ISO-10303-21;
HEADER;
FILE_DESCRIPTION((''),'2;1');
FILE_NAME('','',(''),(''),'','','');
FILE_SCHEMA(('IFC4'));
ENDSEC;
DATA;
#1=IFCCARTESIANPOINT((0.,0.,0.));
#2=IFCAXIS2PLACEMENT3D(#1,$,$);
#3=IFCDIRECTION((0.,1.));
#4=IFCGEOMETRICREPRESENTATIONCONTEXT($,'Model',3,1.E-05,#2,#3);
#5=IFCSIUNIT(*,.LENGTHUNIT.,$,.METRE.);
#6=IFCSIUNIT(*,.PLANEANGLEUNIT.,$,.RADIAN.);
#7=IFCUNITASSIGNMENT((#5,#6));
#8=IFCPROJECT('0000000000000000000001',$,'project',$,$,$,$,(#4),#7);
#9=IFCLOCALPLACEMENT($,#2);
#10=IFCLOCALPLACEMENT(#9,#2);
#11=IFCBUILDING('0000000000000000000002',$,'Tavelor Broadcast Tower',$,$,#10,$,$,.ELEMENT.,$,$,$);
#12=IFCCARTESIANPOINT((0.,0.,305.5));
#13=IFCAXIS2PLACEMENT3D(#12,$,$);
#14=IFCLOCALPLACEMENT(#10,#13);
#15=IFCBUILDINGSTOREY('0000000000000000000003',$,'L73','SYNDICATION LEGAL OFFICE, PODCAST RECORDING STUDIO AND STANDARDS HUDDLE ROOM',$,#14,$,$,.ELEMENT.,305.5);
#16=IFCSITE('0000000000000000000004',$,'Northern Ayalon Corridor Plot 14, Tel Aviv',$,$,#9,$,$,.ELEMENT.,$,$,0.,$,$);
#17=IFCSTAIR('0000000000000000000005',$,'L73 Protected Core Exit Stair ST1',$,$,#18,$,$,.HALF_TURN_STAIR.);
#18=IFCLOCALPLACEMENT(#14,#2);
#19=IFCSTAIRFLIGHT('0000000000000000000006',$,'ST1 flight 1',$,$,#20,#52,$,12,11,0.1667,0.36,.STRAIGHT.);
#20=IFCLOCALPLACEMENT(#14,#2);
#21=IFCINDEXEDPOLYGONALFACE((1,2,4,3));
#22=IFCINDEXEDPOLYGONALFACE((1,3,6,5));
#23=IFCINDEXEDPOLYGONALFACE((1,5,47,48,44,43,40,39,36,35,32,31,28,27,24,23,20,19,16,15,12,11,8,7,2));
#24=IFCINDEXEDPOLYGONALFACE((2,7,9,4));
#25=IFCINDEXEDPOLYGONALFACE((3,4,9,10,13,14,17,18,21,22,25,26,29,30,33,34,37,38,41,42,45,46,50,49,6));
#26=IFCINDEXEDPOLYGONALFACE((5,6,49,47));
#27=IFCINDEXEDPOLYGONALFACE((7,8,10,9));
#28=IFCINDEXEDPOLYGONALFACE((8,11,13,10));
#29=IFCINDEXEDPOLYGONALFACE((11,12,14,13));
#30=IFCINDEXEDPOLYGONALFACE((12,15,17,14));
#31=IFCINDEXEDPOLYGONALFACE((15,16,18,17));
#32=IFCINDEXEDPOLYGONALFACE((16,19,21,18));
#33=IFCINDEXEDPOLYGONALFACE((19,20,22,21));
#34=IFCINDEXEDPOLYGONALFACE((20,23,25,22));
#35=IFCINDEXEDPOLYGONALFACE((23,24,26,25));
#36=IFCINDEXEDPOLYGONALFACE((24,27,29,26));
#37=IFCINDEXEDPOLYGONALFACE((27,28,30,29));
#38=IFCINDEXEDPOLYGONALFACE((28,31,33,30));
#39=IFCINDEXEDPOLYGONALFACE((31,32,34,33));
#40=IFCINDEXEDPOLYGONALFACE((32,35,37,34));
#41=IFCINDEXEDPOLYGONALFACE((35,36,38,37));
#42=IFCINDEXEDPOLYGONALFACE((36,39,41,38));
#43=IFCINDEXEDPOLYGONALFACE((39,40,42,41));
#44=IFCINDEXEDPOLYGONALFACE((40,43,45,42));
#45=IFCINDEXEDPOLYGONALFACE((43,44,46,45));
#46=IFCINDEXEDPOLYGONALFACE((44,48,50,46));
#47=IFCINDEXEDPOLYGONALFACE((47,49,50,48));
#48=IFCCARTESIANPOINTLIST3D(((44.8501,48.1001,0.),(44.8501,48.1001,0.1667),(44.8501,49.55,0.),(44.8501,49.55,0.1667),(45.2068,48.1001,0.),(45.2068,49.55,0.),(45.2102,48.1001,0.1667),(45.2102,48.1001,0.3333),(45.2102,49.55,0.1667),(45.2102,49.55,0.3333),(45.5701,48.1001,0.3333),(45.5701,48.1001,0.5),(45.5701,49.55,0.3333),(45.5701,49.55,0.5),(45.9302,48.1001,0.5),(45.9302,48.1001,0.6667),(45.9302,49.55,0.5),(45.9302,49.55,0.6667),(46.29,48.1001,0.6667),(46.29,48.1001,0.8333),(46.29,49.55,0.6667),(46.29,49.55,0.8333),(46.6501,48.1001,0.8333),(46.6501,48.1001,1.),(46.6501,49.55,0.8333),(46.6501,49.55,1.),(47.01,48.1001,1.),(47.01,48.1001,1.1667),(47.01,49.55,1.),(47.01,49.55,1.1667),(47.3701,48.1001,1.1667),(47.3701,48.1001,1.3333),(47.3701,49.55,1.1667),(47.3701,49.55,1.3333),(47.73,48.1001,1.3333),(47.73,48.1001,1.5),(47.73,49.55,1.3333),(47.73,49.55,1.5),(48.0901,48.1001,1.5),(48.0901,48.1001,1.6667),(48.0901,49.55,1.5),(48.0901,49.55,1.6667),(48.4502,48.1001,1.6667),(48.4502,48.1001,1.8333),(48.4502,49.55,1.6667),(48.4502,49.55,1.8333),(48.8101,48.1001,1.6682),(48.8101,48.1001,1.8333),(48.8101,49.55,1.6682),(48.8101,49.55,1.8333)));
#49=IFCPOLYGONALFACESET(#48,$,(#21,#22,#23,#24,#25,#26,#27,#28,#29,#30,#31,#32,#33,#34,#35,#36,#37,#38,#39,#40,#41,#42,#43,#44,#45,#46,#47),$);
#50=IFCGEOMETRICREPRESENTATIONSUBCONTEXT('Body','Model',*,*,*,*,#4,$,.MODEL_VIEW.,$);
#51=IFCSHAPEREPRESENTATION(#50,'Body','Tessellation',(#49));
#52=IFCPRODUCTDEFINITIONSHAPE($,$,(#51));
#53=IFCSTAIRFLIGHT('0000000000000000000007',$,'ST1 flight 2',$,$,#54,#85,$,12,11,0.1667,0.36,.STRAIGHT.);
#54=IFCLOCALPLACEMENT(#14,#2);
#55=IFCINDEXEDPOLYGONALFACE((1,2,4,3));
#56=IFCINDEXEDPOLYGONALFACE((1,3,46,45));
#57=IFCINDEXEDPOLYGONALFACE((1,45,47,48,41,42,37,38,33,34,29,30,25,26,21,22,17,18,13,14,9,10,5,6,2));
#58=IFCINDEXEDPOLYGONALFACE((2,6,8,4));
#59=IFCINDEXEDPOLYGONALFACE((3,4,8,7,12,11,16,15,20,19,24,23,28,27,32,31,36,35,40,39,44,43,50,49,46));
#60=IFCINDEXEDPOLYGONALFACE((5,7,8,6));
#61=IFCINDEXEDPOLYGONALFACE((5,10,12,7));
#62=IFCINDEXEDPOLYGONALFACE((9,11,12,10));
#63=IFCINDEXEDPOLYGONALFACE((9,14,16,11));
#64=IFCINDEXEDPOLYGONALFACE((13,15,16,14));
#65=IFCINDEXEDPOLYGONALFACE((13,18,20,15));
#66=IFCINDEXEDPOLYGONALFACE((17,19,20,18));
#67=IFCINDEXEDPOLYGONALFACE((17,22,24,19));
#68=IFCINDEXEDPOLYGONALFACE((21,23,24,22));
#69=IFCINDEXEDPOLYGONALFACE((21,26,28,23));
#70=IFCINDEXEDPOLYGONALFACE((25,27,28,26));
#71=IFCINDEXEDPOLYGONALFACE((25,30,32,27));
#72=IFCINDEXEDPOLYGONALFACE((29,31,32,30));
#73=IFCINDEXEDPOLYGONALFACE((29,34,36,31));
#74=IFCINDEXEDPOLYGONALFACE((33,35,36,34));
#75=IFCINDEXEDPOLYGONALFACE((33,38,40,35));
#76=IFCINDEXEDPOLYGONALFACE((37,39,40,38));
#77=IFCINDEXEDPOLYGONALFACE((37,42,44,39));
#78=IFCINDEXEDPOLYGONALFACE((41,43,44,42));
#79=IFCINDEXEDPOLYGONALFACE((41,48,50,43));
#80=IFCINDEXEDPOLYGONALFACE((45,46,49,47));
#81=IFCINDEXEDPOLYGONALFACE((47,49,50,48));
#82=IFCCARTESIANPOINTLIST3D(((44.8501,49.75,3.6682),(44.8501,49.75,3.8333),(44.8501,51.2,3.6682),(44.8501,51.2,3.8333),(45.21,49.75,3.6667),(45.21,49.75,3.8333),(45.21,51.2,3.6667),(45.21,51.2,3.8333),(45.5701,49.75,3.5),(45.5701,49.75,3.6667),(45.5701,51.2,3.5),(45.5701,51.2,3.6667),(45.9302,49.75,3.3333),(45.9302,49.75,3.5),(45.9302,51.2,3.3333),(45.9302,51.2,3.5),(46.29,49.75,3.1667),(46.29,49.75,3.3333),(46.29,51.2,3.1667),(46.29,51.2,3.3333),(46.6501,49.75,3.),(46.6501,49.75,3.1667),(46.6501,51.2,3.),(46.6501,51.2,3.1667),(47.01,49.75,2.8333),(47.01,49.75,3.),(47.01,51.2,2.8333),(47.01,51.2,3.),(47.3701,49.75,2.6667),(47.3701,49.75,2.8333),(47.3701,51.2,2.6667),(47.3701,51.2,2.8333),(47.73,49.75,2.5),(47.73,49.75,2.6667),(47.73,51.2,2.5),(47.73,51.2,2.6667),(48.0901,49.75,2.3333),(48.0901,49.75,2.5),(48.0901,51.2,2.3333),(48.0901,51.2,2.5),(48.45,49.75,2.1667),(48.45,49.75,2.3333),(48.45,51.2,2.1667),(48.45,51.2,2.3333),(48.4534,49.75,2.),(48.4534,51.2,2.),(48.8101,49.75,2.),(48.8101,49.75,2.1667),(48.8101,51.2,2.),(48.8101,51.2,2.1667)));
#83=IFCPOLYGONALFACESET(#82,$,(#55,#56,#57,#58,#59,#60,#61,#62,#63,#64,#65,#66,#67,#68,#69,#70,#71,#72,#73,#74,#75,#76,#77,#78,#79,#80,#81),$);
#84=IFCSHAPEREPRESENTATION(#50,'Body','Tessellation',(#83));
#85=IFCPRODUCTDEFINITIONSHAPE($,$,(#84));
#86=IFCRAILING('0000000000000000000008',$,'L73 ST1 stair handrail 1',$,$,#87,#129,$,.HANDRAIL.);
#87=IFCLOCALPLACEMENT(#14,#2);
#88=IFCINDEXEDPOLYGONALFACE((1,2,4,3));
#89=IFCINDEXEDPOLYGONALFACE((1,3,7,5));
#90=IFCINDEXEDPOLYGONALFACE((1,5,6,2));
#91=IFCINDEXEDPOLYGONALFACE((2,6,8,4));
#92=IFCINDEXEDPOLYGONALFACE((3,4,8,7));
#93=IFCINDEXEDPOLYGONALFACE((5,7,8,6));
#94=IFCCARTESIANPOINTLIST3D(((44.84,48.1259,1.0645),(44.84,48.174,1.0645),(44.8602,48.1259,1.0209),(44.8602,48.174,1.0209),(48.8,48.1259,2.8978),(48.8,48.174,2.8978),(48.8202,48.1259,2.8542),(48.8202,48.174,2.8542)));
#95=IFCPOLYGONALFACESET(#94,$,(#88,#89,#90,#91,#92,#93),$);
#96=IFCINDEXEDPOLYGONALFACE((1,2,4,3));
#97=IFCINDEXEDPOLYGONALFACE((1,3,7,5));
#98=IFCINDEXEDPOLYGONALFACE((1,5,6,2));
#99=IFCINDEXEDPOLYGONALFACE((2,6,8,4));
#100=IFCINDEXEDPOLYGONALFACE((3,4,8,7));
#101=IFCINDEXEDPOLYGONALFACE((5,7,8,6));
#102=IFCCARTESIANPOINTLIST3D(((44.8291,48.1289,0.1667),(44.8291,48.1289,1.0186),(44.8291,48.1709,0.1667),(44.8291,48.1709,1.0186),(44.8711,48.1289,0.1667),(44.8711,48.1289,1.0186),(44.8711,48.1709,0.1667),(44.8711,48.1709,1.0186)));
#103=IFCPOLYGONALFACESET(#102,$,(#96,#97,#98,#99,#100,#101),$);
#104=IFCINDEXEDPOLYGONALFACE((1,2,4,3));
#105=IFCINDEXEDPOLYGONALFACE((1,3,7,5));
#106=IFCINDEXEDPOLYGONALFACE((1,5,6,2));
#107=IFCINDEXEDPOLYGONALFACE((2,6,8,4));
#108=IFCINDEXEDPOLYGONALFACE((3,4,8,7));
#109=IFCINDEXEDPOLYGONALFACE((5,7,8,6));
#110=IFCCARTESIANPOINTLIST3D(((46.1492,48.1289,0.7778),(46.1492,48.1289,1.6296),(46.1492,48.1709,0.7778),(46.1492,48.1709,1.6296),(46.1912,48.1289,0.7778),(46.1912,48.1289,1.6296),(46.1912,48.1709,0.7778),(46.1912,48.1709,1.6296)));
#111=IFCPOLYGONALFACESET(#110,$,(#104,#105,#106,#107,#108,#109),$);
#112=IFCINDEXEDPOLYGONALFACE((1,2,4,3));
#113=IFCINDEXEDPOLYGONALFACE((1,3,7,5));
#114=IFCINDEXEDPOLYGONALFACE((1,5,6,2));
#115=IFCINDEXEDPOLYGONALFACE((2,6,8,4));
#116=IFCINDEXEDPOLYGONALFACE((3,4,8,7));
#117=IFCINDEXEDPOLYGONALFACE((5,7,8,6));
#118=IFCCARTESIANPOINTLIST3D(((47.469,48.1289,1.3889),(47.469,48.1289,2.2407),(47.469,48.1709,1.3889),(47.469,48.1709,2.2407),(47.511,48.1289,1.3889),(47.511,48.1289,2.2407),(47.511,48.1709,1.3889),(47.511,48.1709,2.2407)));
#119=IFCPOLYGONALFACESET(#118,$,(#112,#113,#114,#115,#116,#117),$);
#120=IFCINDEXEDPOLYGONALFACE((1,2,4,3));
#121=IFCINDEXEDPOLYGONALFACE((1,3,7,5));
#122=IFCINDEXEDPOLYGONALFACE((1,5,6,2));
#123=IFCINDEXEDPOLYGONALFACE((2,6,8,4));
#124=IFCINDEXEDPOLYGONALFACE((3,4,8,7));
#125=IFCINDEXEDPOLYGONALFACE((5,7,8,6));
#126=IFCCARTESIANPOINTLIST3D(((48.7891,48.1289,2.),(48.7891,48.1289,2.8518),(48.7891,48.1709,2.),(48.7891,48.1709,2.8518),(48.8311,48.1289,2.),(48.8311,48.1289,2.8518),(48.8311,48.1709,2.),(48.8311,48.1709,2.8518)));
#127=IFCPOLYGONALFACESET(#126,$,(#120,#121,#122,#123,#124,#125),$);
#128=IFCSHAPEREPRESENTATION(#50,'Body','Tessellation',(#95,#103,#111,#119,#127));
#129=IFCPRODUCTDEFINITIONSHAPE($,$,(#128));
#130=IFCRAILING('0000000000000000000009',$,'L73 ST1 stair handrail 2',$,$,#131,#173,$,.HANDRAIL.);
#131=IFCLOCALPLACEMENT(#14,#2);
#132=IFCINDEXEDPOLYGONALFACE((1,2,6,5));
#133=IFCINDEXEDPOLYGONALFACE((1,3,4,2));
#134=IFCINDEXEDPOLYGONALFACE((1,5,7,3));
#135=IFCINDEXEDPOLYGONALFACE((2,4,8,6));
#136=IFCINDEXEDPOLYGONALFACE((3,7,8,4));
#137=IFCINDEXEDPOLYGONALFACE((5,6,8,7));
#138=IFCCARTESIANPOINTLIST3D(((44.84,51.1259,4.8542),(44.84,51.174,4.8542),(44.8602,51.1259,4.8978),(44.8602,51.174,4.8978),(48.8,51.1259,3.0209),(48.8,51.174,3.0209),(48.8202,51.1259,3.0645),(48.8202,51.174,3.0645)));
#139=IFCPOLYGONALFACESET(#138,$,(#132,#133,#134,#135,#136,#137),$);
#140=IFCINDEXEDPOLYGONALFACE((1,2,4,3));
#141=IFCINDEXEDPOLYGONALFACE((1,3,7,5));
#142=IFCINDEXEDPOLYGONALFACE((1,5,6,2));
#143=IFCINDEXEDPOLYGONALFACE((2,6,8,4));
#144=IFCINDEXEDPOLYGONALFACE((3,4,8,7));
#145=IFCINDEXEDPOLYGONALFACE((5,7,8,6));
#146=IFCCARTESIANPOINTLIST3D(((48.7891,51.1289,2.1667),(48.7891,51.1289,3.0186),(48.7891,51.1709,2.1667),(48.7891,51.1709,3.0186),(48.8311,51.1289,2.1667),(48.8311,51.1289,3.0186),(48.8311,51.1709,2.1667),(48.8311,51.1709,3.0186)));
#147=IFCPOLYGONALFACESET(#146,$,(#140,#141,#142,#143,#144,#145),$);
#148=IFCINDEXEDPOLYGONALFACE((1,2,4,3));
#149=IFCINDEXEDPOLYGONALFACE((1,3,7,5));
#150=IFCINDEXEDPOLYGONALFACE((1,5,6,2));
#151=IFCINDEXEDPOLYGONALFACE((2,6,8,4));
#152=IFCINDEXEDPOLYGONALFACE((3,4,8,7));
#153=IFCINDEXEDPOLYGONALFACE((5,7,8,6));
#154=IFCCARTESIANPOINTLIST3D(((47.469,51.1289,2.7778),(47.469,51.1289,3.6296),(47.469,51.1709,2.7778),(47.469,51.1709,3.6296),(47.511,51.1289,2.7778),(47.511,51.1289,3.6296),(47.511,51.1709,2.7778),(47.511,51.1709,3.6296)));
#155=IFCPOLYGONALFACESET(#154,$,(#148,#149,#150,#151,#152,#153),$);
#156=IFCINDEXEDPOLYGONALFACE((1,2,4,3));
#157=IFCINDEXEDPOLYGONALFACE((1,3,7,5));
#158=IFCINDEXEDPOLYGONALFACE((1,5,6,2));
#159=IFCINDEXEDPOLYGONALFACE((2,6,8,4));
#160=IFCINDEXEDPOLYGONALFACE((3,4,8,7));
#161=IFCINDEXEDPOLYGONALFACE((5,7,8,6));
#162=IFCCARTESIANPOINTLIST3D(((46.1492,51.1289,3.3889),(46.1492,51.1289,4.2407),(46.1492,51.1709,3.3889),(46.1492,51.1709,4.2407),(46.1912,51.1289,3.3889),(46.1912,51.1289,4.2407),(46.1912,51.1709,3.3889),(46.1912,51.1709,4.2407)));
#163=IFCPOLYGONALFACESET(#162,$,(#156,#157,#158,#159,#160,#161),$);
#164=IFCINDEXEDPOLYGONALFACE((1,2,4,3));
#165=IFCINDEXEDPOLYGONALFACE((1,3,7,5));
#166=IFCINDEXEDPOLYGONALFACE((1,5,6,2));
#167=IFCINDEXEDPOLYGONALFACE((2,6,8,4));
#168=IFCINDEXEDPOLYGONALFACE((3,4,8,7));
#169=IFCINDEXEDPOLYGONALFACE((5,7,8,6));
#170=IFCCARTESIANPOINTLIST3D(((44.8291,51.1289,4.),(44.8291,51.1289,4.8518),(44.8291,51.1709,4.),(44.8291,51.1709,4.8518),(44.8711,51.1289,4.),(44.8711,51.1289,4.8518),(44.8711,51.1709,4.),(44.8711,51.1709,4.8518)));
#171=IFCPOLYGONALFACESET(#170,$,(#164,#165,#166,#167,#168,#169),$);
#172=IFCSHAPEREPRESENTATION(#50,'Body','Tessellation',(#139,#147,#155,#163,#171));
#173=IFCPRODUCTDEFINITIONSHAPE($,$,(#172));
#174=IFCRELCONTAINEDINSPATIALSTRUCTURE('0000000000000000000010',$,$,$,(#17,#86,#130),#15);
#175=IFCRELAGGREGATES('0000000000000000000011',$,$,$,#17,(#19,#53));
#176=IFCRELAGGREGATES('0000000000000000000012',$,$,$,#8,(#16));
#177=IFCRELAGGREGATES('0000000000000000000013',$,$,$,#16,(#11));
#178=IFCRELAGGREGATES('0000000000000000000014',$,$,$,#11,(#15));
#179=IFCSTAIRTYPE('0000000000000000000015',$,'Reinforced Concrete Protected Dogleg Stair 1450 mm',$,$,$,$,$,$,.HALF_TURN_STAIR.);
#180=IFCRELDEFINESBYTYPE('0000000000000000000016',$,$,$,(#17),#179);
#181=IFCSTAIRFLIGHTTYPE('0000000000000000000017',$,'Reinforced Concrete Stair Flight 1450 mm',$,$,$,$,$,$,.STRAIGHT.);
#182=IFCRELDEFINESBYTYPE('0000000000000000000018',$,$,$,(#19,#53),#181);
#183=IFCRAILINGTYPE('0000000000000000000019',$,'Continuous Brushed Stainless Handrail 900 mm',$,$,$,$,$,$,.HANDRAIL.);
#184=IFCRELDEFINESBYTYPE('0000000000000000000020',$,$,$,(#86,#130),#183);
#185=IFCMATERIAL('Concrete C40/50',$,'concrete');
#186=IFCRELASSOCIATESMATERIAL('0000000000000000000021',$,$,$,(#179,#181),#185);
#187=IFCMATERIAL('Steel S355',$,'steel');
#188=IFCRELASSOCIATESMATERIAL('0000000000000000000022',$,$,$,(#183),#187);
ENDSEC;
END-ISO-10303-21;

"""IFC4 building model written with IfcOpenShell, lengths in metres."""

from ifc_helpers import new_model, si_unit, direction, frame, origin, origin_2d, place, context, subcontext, project, spatial, polyline, rectangle, outline, extrude, material, type_object, element, aggregate, save


model = new_model("IFC4")

# Units and contexts
model_context = context("Model", 3, precision=1e-05, world=origin(), true_north=direction((0.0, 1.0)))
body_context = subcontext(model_context, "Body", "Model", "MODEL_VIEW")
ifc_project = project(units=[si_unit("LENGTHUNIT", "METRE"), si_unit("PLANEANGLEUNIT", "RADIAN")], contexts=[model_context])

# Site, building, storey
site_placement = place(None, origin())
site = spatial("IfcSite", under=ifc_project, at=site_placement, Name="Northern Ayalon Corridor Plot 14, Tel Aviv", CompositionType="ELEMENT", RefElevation=0.0)
building_placement = place(site_placement, origin())
building = spatial("IfcBuilding", under=site, at=building_placement, Name="Tavelor Broadcast Tower", CompositionType="ELEMENT")
storey_placement = place(building_placement, frame((0.0, 0.0, 305.5)))
storey = spatial("IfcBuildingStorey", under=building, at=storey_placement, Name="L73", Description="SYNDICATION LEGAL OFFICE, PODCAST RECORDING STUDIO AND STANDARDS HUDDLE ROOM", CompositionType="ELEMENT", Elevation=305.5)

# Shared definitions
ifc_material_1 = material(Name="Steel S355", Category="steel")

# Shared definitions
ifc_material_2 = material(Name="Concrete C40/50", Category="concrete")

# Stair, stair flights
stair_type = type_object("IfcStairType", Name="Reinforced Concrete Protected Dogleg Stair 1450 mm", PredefinedType="HALF_TURN_STAIR", material=ifc_material_2)
stair_placement = place(storey_placement, origin())
stair = element("IfcStair", 1, at=stair_placement, inside=storey, type_object=stair_type, Name="L73 Protected Core Exit Stair ST1", PredefinedType="HALF_TURN_STAIR")
stair_flight_type = type_object("IfcStairFlightType", Name="Reinforced Concrete Stair Flight 1450 mm", PredefinedType="STRAIGHT", material=ifc_material_2)
stair_flight_1_placement = place(storey_placement, frame((44.8501, 48.825, 0.0), z_axis=(0.0, 0.0, 1.0), x_axis=(1.0, 0.0, 0.0)))
stair_flight_1 = element("IfcStairFlight", 2, at=stair_flight_1_placement, type_object=stair_flight_type, Name="ST1 flight 1", NumberOfRisers=12, NumberOfTreads=11, PredefinedType="STRAIGHT", RiserHeight=0.1667, TreadLength=0.36, context=body_context, shape_type="SweptSolid", body=[
    extrude(outline(polyline([(0.0, 0.0), (0.0, 0.1667), (0.3601, 0.1667), (0.3601, 0.3333), (0.72, 0.3333), (0.72, 0.5), (1.0801, 0.5), (1.0801, 0.6667), (1.4399, 0.6667), (1.4399, 0.8333), (1.8, 0.8333), (1.8, 1.0), (2.1599, 1.0), (2.1599, 1.1667), (2.52, 1.1667), (2.52, 1.3333), (2.8799, 1.3333), (2.8799, 1.5), (3.24, 1.5), (3.24, 1.6667), (3.6001, 1.6667), (3.6001, 1.8333), (3.96, 1.8333), (3.96, 2.0), (3.96, 1.6682), (0.3567, 0.0), (0.0, 0.0)])), frame((0.0, 0.7251, 0.0), z_axis=(0.0, -1.0, 0.0), x_axis=(1.0, 0.0, 0.0)), (0.0, 0.0, 1.0), 1.45),
])
stair_flight_2_placement = place(storey_placement, frame((48.8101, 50.4751, 2.0), z_axis=(0.0, 0.0, 1.0), x_axis=(-1.0, 0.0, 0.0)))
stair_flight_2 = element("IfcStairFlight", 3, at=stair_flight_2_placement, type_object=stair_flight_type, Name="ST1 flight 2", NumberOfRisers=12, NumberOfTreads=11, PredefinedType="STRAIGHT", RiserHeight=0.1667, TreadLength=0.36, context=body_context, shape_type="SweptSolid", body=[
    extrude(outline(polyline([(0.0, 0.0), (0.0, 0.1667), (0.3601, 0.1667), (0.3601, 0.3333), (0.72, 0.3333), (0.72, 0.5), (1.0801, 0.5), (1.0801, 0.6667), (1.4399, 0.6667), (1.4399, 0.8333), (1.8, 0.8333), (1.8, 1.0), (2.1599, 1.0), (2.1599, 1.1667), (2.52, 1.1667), (2.52, 1.3333), (2.8799, 1.3333), (2.8799, 1.5), (3.24, 1.5), (3.24, 1.6667), (3.6001, 1.6667), (3.6001, 1.8333), (3.96, 1.8333), (3.96, 2.0), (3.96, 1.6682), (0.3567, 0.0), (0.0, 0.0)])), frame((0.0, 0.7251, 0.0), z_axis=(0.0, -1.0, 0.0), x_axis=(1.0, 0.0, 0.0)), (0.0, 0.0, 1.0), 1.45),
])
aggregate(stair, [stair_flight_1, stair_flight_2])

# Railings
railing_type_1 = type_object("IfcRailingType", Name="Continuous Brushed Stainless Handrail 900 mm", PredefinedType="HANDRAIL", material=ifc_material_1)
railing_1_placement = place(storey_placement, frame((44.8501, 48.1499, 0.1667)))
element("IfcRailing", 4, at=railing_1_placement, inside=storey, type_object=railing_type_1, Name="L73 ST1 stair handrail 1", PredefinedType="HANDRAIL", context=body_context, shape_type="SweptSolid", body=[
    extrude(rectangle(XDim=0.0481, YDim=0.0481, at=origin_2d()), frame((0.0, 0.0, 0.876), z_axis=(0.907472, 0.0, 0.420112), x_axis=(0.0, 1.0, 0.0)), (0.0, 0.0, 1.0), 4.3638),
    extrude(rectangle(XDim=0.042, YDim=0.042, at=origin_2d()), origin(), (0.0, 0.0, 1.0), 0.8518),
    extrude(rectangle(XDim=0.042, YDim=0.042, at=origin_2d()), frame((1.3201, 0.0, 0.6111)), (0.0, 0.0, 1.0), 0.8518),
    extrude(rectangle(XDim=0.042, YDim=0.042, at=origin_2d()), frame((2.6399, 0.0, 1.2222)), (0.0, 0.0, 1.0), 0.8518),
    extrude(rectangle(XDim=0.042, YDim=0.042, at=origin_2d()), frame((3.96, 0.0, 1.8333)), (0.0, 0.0, 1.0), 0.8518),
])
railing_2_placement = place(storey_placement, frame((48.8101, 51.1499, 2.1667)))
element("IfcRailing", 5, at=railing_2_placement, inside=storey, type_object=railing_type_1, Name="L73 ST1 stair handrail 2", PredefinedType="HANDRAIL", context=body_context, shape_type="SweptSolid", body=[
    extrude(rectangle(XDim=0.0481, YDim=0.0481, at=origin_2d()), frame((0.0, 0.0, 0.876), z_axis=(-0.907472, 0.0, 0.420112), x_axis=(0.0, -1.0, 0.0)), (0.0, 0.0, 1.0), 4.3638),
    extrude(rectangle(XDim=0.042, YDim=0.042, at=origin_2d()), origin(), (0.0, 0.0, 1.0), 0.8518),
    extrude(rectangle(XDim=0.042, YDim=0.042, at=origin_2d()), frame((-1.3201, 0.0, 0.6111)), (0.0, 0.0, 1.0), 0.8518),
    extrude(rectangle(XDim=0.042, YDim=0.042, at=origin_2d()), frame((-2.6399, 0.0, 1.2222)), (0.0, 0.0, 1.0), 0.8518),
    extrude(rectangle(XDim=0.042, YDim=0.042, at=origin_2d()), frame((-3.96, 0.0, 1.8333)), (0.0, 0.0, 1.0), 0.8518),
])

save(model, "model.ifc")
